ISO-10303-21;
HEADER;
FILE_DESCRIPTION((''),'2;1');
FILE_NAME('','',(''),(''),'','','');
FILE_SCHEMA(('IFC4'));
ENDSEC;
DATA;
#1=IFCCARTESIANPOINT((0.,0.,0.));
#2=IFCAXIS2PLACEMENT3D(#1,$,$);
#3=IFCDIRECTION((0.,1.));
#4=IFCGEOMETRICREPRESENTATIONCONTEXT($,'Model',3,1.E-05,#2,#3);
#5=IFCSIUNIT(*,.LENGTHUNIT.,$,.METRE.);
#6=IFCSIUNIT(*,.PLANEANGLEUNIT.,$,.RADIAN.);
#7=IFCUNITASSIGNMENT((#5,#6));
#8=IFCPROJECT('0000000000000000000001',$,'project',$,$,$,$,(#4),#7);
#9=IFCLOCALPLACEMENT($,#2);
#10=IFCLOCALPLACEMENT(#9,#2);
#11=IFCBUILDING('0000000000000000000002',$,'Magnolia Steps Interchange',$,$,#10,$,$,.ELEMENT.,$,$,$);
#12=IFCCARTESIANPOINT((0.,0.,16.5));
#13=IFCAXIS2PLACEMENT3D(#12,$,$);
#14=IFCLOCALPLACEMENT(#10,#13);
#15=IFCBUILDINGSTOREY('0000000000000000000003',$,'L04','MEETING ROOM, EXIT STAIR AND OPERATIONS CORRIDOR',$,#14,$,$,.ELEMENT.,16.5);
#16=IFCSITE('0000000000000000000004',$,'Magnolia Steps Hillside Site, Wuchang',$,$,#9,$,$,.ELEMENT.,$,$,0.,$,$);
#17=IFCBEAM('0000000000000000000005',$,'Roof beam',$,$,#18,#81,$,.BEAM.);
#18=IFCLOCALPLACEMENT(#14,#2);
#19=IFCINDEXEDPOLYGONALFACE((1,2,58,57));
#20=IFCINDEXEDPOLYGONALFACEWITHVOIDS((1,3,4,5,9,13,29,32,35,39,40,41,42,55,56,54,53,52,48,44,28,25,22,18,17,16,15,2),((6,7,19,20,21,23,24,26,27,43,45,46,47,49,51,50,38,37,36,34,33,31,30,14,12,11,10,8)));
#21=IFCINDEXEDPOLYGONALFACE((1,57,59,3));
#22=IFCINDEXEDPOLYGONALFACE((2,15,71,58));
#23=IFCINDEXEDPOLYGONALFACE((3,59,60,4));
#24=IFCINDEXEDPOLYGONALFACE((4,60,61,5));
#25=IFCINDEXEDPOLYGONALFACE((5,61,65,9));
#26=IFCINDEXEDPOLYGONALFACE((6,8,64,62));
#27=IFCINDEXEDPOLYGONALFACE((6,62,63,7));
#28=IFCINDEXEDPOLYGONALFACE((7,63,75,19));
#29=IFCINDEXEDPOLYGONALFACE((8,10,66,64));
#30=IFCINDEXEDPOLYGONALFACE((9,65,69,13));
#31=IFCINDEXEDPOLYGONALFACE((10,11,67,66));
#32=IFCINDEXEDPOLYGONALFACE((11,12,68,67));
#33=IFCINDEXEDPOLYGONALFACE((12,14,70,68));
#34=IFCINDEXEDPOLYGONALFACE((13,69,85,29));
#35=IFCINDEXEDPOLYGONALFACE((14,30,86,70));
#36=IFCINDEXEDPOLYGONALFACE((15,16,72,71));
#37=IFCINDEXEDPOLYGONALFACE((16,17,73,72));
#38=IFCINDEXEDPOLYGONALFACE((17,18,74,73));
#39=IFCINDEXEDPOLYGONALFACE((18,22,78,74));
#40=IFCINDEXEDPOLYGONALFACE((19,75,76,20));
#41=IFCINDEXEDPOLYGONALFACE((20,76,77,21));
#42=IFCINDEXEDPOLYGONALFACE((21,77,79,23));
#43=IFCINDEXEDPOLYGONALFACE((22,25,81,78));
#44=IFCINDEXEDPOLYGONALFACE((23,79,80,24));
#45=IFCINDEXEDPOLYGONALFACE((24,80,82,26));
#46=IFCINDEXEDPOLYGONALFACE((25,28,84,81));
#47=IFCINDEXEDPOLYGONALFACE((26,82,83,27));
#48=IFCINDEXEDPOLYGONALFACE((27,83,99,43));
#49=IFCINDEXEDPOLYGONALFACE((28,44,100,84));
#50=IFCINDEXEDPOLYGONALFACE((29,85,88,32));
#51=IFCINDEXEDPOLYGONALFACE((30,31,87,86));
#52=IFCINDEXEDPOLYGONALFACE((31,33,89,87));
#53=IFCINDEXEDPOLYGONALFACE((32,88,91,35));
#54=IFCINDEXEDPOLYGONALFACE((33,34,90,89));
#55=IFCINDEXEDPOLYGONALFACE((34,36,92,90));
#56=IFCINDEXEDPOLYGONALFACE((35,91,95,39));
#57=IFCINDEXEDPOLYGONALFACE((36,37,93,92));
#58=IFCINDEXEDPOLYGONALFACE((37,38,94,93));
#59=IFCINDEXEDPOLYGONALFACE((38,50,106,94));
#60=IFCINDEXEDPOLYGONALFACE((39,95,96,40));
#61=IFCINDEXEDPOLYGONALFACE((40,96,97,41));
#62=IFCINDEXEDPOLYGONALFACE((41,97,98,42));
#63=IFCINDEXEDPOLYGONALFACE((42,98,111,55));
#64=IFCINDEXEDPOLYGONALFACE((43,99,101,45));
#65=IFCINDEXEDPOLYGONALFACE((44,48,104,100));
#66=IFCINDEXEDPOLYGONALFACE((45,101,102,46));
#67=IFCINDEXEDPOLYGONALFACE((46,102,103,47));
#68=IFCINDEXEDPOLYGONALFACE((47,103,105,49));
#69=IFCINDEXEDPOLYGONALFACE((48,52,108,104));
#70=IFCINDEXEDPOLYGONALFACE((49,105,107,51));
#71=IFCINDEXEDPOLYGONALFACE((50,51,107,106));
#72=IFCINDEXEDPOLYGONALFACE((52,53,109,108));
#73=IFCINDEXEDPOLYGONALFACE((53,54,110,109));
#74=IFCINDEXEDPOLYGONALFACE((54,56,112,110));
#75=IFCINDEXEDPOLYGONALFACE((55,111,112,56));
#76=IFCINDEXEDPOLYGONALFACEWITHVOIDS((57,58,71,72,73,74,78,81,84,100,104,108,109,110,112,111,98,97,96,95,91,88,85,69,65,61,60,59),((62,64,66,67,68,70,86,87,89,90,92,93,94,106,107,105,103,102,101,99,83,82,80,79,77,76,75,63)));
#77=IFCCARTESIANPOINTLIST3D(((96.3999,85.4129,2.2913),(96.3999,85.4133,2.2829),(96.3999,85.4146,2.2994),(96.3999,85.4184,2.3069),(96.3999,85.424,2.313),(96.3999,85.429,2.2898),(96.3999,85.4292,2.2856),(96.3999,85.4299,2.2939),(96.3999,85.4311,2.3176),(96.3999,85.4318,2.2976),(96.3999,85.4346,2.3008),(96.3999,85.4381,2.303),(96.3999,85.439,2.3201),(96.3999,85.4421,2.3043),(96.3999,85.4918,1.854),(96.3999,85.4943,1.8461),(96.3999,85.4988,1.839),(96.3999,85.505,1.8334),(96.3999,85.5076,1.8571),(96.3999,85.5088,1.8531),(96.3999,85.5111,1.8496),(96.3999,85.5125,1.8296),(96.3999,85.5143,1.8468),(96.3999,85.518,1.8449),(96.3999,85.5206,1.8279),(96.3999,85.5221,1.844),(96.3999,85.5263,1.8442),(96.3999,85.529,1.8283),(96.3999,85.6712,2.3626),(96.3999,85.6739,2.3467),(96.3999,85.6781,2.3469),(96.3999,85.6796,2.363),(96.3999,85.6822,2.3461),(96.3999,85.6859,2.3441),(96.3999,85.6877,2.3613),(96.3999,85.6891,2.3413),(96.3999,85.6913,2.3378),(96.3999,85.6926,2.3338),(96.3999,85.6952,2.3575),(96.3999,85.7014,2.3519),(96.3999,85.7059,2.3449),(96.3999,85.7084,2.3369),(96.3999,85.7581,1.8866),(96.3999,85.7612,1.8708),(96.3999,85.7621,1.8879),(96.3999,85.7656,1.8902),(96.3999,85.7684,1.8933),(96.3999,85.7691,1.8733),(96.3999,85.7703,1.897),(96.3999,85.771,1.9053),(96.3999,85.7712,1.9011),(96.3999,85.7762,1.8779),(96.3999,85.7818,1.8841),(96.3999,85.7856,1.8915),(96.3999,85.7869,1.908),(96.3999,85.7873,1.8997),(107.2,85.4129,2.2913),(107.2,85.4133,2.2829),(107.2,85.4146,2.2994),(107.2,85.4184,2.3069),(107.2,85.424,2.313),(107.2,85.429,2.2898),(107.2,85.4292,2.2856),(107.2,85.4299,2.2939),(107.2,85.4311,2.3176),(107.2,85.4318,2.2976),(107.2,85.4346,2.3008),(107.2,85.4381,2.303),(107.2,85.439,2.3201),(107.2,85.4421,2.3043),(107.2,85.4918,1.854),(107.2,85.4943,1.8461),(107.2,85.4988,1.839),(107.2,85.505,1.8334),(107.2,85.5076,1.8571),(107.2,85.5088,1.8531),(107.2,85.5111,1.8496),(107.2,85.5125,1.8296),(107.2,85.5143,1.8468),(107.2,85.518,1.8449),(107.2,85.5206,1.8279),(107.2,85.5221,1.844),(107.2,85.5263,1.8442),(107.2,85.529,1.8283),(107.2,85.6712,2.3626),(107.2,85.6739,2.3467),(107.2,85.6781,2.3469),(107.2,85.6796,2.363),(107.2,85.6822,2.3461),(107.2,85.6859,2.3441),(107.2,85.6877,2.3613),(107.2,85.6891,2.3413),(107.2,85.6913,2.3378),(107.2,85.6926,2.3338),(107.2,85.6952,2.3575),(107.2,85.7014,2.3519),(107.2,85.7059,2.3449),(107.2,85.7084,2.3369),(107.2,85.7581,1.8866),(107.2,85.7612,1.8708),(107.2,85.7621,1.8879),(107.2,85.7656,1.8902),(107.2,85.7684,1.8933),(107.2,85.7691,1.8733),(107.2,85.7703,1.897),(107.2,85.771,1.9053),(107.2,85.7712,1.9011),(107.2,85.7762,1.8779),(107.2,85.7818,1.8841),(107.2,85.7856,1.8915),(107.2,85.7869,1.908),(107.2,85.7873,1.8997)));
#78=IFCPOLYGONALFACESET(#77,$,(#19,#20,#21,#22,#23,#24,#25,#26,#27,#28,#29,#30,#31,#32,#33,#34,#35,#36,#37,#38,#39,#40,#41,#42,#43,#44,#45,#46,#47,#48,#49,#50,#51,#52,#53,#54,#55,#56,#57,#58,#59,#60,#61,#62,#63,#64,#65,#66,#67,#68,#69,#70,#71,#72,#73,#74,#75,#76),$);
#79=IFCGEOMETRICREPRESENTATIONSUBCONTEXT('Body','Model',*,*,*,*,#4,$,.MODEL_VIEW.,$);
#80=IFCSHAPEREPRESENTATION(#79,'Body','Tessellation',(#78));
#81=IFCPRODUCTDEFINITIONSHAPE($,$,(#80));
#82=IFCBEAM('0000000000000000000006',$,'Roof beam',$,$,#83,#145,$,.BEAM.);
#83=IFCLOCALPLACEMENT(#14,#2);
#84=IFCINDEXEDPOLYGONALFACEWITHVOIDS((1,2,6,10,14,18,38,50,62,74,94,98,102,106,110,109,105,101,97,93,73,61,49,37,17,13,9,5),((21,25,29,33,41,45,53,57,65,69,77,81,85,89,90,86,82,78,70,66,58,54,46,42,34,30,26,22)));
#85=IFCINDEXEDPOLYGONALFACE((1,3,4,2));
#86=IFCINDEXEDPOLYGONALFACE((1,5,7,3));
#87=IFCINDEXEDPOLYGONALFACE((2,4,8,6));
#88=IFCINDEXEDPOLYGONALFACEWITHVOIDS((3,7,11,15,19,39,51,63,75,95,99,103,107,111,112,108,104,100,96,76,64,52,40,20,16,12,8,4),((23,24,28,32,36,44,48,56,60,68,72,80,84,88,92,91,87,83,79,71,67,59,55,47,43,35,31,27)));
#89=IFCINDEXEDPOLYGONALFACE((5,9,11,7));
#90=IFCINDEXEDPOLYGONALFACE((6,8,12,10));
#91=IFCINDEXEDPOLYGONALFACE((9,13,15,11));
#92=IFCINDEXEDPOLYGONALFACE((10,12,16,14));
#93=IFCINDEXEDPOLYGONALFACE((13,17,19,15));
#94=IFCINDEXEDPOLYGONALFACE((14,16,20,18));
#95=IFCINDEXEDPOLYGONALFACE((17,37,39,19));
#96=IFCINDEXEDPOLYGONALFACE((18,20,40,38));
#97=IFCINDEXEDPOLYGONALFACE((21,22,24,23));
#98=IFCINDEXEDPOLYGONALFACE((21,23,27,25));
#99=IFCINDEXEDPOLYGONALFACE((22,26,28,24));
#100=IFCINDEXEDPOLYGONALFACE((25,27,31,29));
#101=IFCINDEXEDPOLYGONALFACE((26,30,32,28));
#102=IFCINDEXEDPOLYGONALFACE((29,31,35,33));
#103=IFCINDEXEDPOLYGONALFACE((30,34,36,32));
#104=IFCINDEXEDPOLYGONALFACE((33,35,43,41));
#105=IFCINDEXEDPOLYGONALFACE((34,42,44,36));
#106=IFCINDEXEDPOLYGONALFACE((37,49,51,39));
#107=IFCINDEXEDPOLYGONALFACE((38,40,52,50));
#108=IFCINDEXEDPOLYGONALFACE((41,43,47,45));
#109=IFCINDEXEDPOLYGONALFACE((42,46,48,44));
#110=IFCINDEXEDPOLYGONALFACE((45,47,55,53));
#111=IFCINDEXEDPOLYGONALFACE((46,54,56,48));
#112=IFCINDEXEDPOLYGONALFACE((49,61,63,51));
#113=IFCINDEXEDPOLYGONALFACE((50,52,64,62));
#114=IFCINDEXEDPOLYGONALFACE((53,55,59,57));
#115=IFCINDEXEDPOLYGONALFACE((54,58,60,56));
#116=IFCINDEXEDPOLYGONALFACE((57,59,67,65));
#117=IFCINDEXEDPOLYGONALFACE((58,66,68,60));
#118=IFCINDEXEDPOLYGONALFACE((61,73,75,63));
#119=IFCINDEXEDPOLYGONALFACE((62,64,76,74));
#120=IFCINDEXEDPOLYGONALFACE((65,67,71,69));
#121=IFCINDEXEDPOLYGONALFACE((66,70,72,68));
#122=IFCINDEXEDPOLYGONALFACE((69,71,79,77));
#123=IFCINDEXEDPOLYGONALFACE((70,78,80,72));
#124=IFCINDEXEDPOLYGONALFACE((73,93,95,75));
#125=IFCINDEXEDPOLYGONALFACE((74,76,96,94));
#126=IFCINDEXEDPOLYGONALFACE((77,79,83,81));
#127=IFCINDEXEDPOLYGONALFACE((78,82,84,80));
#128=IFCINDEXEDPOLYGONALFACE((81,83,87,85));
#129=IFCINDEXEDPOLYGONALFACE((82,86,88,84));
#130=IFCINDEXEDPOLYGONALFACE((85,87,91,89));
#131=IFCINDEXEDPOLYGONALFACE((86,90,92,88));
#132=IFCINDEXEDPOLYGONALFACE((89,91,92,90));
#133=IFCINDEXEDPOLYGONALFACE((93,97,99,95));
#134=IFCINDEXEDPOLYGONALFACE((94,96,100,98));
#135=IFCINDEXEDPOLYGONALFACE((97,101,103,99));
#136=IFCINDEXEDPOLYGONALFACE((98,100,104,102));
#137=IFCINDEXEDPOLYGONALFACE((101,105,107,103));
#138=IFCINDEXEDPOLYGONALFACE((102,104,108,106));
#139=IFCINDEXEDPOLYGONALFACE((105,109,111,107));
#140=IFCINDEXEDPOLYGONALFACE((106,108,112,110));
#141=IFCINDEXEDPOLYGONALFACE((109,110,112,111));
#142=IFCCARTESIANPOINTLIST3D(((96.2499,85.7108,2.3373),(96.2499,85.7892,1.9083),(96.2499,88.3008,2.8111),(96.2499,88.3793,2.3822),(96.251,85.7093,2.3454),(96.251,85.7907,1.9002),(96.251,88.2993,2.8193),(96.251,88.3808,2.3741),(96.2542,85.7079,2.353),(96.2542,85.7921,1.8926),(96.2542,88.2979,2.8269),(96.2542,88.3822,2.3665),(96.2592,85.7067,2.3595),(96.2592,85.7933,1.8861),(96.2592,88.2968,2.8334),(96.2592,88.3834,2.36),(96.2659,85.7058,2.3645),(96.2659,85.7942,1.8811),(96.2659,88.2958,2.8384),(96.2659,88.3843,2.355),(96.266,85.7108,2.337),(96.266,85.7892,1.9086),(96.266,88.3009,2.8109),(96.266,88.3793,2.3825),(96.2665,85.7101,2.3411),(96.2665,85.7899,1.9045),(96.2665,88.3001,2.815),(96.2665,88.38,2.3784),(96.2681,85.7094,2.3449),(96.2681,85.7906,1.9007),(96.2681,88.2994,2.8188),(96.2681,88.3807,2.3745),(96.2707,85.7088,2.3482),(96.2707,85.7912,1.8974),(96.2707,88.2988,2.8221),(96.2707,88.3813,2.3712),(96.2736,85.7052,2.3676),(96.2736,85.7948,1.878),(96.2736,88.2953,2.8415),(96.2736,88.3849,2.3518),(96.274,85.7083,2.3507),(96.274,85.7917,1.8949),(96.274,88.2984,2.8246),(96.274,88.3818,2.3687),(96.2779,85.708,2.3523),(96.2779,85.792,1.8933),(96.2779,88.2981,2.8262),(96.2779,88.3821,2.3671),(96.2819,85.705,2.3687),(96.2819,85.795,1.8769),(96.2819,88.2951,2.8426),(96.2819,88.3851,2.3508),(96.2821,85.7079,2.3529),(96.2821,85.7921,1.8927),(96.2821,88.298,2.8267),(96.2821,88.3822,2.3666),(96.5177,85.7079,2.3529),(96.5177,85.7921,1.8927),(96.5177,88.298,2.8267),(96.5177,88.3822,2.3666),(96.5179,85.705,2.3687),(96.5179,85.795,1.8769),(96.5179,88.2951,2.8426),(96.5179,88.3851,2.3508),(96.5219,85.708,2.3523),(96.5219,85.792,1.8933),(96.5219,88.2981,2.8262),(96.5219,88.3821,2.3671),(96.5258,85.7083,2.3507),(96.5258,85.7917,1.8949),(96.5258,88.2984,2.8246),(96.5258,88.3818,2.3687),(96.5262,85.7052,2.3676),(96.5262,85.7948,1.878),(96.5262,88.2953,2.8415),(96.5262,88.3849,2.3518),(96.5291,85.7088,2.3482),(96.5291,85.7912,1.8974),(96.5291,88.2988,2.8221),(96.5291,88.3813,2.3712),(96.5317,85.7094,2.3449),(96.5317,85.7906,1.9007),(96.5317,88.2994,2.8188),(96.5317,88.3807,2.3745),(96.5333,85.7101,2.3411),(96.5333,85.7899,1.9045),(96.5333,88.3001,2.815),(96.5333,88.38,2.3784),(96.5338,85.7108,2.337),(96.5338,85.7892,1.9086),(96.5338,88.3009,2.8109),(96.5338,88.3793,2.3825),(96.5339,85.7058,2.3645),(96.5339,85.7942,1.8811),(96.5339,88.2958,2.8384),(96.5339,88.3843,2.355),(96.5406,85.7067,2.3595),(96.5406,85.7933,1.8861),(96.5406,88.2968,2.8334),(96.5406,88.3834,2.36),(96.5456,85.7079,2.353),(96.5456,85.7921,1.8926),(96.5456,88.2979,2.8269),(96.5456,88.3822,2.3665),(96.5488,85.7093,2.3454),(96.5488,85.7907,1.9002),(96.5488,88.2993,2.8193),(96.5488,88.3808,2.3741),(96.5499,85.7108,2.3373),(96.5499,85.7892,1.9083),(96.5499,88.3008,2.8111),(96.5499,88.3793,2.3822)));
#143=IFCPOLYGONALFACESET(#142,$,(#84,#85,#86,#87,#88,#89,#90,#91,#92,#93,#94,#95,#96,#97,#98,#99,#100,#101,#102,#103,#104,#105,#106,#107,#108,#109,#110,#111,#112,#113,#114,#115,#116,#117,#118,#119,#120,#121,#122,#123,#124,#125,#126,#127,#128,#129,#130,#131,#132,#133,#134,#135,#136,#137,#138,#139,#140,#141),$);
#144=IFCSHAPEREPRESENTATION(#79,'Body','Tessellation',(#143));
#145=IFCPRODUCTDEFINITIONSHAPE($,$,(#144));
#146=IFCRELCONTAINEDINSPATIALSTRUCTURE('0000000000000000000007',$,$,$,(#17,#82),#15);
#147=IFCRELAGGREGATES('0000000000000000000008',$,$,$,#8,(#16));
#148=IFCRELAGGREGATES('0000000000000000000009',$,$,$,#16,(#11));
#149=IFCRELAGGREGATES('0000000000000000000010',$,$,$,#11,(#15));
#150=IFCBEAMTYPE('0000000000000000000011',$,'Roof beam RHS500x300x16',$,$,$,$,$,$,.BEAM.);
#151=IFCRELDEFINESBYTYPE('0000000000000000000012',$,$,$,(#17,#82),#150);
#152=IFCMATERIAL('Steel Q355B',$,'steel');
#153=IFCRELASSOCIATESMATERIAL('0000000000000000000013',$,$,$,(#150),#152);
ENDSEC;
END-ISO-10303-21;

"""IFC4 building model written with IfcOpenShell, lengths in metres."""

from ifc_helpers import new_model, si_unit, direction, frame, origin, origin_2d, place, context, subcontext, project, spatial, hollow_rectangle, extrude, material, material_profile, profile_set, type_object, element, save


model = new_model("IFC4")

# Units and contexts
model_context = context("Model", 3, precision=1e-05, world=origin(), true_north=direction((0.0, 1.0)))
body_context = subcontext(model_context, "Body", "Model", "MODEL_VIEW")
ifc_project = project(units=[si_unit("LENGTHUNIT", "METRE"), si_unit("PLANEANGLEUNIT", "RADIAN")], contexts=[model_context])

# Site, building, storey
site_placement = place(None, origin())
site = spatial("IfcSite", under=ifc_project, at=site_placement, Name="Magnolia Steps Hillside Site, Wuchang", CompositionType="ELEMENT", RefElevation=0.0)
building_placement = place(site_placement, origin())
building = spatial("IfcBuilding", under=site, at=building_placement, Name="Magnolia Steps Interchange", CompositionType="ELEMENT")
storey_placement = place(building_placement, frame((0.0, 0.0, 16.5)))
storey = spatial("IfcBuildingStorey", under=building, at=storey_placement, Name="L04", Description="MEETING ROOM, EXIT STAIR AND OPERATIONS CORRIDOR", CompositionType="ELEMENT", Elevation=16.5)

# Beams
ifc_material_1 = material(Name="Steel Q355B", Category="steel")
ifc_material_profile_1 = material_profile(ifc_material_1, hollow_rectangle(XDim=0.3, YDim=0.5, WallThickness=0.0161, InnerFilletRadius=0.0161, OuterFilletRadius=0.032, at=origin_2d()), Name="RHS500x300x16")
ifc_profile_set_1 = profile_set([ifc_material_profile_1], Name="Steel Q355B")
beam_type_1 = type_object("IfcBeamType", Name="Roof beam RHS500x300x16", PredefinedType="BEAM", material=ifc_profile_set_1)
beam_1_placement = place(storey_placement, frame((96.3999, 85.6001, 2.0955), z_axis=(1.0, 0.0, 0.0), x_axis=(0.0, 0.983677, 0.179941)))
element("IfcBeam", 1, at=beam_1_placement, inside=storey, type_object=beam_type_1, Name="Roof beam", PredefinedType="BEAM", context=body_context, shape_type="SweptSolid", body=[
    extrude(hollow_rectangle(XDim=0.3, YDim=0.5, WallThickness=0.0161, InnerFilletRadius=0.0161, OuterFilletRadius=0.032, at=origin_2d()), origin(), (0.0, 0.0, 1.0), 10.8),
])
beam_2_placement = place(storey_placement, frame((96.3999, 85.75, 2.1228), z_axis=(0.0, 0.983672, 0.179971), x_axis=(-1.0, 0.0, 0.0)))
element("IfcBeam", 2, at=beam_2_placement, inside=storey, type_object=beam_type_1, Name="Roof beam", PredefinedType="BEAM", context=body_context, shape_type="SweptSolid", body=[
    extrude(hollow_rectangle(XDim=0.3, YDim=0.5, WallThickness=0.0161, InnerFilletRadius=0.0161, OuterFilletRadius=0.032, at=origin_2d()), origin(), (0.0, 0.0, 1.0), 2.6331),
])

save(model, "model.ifc")
